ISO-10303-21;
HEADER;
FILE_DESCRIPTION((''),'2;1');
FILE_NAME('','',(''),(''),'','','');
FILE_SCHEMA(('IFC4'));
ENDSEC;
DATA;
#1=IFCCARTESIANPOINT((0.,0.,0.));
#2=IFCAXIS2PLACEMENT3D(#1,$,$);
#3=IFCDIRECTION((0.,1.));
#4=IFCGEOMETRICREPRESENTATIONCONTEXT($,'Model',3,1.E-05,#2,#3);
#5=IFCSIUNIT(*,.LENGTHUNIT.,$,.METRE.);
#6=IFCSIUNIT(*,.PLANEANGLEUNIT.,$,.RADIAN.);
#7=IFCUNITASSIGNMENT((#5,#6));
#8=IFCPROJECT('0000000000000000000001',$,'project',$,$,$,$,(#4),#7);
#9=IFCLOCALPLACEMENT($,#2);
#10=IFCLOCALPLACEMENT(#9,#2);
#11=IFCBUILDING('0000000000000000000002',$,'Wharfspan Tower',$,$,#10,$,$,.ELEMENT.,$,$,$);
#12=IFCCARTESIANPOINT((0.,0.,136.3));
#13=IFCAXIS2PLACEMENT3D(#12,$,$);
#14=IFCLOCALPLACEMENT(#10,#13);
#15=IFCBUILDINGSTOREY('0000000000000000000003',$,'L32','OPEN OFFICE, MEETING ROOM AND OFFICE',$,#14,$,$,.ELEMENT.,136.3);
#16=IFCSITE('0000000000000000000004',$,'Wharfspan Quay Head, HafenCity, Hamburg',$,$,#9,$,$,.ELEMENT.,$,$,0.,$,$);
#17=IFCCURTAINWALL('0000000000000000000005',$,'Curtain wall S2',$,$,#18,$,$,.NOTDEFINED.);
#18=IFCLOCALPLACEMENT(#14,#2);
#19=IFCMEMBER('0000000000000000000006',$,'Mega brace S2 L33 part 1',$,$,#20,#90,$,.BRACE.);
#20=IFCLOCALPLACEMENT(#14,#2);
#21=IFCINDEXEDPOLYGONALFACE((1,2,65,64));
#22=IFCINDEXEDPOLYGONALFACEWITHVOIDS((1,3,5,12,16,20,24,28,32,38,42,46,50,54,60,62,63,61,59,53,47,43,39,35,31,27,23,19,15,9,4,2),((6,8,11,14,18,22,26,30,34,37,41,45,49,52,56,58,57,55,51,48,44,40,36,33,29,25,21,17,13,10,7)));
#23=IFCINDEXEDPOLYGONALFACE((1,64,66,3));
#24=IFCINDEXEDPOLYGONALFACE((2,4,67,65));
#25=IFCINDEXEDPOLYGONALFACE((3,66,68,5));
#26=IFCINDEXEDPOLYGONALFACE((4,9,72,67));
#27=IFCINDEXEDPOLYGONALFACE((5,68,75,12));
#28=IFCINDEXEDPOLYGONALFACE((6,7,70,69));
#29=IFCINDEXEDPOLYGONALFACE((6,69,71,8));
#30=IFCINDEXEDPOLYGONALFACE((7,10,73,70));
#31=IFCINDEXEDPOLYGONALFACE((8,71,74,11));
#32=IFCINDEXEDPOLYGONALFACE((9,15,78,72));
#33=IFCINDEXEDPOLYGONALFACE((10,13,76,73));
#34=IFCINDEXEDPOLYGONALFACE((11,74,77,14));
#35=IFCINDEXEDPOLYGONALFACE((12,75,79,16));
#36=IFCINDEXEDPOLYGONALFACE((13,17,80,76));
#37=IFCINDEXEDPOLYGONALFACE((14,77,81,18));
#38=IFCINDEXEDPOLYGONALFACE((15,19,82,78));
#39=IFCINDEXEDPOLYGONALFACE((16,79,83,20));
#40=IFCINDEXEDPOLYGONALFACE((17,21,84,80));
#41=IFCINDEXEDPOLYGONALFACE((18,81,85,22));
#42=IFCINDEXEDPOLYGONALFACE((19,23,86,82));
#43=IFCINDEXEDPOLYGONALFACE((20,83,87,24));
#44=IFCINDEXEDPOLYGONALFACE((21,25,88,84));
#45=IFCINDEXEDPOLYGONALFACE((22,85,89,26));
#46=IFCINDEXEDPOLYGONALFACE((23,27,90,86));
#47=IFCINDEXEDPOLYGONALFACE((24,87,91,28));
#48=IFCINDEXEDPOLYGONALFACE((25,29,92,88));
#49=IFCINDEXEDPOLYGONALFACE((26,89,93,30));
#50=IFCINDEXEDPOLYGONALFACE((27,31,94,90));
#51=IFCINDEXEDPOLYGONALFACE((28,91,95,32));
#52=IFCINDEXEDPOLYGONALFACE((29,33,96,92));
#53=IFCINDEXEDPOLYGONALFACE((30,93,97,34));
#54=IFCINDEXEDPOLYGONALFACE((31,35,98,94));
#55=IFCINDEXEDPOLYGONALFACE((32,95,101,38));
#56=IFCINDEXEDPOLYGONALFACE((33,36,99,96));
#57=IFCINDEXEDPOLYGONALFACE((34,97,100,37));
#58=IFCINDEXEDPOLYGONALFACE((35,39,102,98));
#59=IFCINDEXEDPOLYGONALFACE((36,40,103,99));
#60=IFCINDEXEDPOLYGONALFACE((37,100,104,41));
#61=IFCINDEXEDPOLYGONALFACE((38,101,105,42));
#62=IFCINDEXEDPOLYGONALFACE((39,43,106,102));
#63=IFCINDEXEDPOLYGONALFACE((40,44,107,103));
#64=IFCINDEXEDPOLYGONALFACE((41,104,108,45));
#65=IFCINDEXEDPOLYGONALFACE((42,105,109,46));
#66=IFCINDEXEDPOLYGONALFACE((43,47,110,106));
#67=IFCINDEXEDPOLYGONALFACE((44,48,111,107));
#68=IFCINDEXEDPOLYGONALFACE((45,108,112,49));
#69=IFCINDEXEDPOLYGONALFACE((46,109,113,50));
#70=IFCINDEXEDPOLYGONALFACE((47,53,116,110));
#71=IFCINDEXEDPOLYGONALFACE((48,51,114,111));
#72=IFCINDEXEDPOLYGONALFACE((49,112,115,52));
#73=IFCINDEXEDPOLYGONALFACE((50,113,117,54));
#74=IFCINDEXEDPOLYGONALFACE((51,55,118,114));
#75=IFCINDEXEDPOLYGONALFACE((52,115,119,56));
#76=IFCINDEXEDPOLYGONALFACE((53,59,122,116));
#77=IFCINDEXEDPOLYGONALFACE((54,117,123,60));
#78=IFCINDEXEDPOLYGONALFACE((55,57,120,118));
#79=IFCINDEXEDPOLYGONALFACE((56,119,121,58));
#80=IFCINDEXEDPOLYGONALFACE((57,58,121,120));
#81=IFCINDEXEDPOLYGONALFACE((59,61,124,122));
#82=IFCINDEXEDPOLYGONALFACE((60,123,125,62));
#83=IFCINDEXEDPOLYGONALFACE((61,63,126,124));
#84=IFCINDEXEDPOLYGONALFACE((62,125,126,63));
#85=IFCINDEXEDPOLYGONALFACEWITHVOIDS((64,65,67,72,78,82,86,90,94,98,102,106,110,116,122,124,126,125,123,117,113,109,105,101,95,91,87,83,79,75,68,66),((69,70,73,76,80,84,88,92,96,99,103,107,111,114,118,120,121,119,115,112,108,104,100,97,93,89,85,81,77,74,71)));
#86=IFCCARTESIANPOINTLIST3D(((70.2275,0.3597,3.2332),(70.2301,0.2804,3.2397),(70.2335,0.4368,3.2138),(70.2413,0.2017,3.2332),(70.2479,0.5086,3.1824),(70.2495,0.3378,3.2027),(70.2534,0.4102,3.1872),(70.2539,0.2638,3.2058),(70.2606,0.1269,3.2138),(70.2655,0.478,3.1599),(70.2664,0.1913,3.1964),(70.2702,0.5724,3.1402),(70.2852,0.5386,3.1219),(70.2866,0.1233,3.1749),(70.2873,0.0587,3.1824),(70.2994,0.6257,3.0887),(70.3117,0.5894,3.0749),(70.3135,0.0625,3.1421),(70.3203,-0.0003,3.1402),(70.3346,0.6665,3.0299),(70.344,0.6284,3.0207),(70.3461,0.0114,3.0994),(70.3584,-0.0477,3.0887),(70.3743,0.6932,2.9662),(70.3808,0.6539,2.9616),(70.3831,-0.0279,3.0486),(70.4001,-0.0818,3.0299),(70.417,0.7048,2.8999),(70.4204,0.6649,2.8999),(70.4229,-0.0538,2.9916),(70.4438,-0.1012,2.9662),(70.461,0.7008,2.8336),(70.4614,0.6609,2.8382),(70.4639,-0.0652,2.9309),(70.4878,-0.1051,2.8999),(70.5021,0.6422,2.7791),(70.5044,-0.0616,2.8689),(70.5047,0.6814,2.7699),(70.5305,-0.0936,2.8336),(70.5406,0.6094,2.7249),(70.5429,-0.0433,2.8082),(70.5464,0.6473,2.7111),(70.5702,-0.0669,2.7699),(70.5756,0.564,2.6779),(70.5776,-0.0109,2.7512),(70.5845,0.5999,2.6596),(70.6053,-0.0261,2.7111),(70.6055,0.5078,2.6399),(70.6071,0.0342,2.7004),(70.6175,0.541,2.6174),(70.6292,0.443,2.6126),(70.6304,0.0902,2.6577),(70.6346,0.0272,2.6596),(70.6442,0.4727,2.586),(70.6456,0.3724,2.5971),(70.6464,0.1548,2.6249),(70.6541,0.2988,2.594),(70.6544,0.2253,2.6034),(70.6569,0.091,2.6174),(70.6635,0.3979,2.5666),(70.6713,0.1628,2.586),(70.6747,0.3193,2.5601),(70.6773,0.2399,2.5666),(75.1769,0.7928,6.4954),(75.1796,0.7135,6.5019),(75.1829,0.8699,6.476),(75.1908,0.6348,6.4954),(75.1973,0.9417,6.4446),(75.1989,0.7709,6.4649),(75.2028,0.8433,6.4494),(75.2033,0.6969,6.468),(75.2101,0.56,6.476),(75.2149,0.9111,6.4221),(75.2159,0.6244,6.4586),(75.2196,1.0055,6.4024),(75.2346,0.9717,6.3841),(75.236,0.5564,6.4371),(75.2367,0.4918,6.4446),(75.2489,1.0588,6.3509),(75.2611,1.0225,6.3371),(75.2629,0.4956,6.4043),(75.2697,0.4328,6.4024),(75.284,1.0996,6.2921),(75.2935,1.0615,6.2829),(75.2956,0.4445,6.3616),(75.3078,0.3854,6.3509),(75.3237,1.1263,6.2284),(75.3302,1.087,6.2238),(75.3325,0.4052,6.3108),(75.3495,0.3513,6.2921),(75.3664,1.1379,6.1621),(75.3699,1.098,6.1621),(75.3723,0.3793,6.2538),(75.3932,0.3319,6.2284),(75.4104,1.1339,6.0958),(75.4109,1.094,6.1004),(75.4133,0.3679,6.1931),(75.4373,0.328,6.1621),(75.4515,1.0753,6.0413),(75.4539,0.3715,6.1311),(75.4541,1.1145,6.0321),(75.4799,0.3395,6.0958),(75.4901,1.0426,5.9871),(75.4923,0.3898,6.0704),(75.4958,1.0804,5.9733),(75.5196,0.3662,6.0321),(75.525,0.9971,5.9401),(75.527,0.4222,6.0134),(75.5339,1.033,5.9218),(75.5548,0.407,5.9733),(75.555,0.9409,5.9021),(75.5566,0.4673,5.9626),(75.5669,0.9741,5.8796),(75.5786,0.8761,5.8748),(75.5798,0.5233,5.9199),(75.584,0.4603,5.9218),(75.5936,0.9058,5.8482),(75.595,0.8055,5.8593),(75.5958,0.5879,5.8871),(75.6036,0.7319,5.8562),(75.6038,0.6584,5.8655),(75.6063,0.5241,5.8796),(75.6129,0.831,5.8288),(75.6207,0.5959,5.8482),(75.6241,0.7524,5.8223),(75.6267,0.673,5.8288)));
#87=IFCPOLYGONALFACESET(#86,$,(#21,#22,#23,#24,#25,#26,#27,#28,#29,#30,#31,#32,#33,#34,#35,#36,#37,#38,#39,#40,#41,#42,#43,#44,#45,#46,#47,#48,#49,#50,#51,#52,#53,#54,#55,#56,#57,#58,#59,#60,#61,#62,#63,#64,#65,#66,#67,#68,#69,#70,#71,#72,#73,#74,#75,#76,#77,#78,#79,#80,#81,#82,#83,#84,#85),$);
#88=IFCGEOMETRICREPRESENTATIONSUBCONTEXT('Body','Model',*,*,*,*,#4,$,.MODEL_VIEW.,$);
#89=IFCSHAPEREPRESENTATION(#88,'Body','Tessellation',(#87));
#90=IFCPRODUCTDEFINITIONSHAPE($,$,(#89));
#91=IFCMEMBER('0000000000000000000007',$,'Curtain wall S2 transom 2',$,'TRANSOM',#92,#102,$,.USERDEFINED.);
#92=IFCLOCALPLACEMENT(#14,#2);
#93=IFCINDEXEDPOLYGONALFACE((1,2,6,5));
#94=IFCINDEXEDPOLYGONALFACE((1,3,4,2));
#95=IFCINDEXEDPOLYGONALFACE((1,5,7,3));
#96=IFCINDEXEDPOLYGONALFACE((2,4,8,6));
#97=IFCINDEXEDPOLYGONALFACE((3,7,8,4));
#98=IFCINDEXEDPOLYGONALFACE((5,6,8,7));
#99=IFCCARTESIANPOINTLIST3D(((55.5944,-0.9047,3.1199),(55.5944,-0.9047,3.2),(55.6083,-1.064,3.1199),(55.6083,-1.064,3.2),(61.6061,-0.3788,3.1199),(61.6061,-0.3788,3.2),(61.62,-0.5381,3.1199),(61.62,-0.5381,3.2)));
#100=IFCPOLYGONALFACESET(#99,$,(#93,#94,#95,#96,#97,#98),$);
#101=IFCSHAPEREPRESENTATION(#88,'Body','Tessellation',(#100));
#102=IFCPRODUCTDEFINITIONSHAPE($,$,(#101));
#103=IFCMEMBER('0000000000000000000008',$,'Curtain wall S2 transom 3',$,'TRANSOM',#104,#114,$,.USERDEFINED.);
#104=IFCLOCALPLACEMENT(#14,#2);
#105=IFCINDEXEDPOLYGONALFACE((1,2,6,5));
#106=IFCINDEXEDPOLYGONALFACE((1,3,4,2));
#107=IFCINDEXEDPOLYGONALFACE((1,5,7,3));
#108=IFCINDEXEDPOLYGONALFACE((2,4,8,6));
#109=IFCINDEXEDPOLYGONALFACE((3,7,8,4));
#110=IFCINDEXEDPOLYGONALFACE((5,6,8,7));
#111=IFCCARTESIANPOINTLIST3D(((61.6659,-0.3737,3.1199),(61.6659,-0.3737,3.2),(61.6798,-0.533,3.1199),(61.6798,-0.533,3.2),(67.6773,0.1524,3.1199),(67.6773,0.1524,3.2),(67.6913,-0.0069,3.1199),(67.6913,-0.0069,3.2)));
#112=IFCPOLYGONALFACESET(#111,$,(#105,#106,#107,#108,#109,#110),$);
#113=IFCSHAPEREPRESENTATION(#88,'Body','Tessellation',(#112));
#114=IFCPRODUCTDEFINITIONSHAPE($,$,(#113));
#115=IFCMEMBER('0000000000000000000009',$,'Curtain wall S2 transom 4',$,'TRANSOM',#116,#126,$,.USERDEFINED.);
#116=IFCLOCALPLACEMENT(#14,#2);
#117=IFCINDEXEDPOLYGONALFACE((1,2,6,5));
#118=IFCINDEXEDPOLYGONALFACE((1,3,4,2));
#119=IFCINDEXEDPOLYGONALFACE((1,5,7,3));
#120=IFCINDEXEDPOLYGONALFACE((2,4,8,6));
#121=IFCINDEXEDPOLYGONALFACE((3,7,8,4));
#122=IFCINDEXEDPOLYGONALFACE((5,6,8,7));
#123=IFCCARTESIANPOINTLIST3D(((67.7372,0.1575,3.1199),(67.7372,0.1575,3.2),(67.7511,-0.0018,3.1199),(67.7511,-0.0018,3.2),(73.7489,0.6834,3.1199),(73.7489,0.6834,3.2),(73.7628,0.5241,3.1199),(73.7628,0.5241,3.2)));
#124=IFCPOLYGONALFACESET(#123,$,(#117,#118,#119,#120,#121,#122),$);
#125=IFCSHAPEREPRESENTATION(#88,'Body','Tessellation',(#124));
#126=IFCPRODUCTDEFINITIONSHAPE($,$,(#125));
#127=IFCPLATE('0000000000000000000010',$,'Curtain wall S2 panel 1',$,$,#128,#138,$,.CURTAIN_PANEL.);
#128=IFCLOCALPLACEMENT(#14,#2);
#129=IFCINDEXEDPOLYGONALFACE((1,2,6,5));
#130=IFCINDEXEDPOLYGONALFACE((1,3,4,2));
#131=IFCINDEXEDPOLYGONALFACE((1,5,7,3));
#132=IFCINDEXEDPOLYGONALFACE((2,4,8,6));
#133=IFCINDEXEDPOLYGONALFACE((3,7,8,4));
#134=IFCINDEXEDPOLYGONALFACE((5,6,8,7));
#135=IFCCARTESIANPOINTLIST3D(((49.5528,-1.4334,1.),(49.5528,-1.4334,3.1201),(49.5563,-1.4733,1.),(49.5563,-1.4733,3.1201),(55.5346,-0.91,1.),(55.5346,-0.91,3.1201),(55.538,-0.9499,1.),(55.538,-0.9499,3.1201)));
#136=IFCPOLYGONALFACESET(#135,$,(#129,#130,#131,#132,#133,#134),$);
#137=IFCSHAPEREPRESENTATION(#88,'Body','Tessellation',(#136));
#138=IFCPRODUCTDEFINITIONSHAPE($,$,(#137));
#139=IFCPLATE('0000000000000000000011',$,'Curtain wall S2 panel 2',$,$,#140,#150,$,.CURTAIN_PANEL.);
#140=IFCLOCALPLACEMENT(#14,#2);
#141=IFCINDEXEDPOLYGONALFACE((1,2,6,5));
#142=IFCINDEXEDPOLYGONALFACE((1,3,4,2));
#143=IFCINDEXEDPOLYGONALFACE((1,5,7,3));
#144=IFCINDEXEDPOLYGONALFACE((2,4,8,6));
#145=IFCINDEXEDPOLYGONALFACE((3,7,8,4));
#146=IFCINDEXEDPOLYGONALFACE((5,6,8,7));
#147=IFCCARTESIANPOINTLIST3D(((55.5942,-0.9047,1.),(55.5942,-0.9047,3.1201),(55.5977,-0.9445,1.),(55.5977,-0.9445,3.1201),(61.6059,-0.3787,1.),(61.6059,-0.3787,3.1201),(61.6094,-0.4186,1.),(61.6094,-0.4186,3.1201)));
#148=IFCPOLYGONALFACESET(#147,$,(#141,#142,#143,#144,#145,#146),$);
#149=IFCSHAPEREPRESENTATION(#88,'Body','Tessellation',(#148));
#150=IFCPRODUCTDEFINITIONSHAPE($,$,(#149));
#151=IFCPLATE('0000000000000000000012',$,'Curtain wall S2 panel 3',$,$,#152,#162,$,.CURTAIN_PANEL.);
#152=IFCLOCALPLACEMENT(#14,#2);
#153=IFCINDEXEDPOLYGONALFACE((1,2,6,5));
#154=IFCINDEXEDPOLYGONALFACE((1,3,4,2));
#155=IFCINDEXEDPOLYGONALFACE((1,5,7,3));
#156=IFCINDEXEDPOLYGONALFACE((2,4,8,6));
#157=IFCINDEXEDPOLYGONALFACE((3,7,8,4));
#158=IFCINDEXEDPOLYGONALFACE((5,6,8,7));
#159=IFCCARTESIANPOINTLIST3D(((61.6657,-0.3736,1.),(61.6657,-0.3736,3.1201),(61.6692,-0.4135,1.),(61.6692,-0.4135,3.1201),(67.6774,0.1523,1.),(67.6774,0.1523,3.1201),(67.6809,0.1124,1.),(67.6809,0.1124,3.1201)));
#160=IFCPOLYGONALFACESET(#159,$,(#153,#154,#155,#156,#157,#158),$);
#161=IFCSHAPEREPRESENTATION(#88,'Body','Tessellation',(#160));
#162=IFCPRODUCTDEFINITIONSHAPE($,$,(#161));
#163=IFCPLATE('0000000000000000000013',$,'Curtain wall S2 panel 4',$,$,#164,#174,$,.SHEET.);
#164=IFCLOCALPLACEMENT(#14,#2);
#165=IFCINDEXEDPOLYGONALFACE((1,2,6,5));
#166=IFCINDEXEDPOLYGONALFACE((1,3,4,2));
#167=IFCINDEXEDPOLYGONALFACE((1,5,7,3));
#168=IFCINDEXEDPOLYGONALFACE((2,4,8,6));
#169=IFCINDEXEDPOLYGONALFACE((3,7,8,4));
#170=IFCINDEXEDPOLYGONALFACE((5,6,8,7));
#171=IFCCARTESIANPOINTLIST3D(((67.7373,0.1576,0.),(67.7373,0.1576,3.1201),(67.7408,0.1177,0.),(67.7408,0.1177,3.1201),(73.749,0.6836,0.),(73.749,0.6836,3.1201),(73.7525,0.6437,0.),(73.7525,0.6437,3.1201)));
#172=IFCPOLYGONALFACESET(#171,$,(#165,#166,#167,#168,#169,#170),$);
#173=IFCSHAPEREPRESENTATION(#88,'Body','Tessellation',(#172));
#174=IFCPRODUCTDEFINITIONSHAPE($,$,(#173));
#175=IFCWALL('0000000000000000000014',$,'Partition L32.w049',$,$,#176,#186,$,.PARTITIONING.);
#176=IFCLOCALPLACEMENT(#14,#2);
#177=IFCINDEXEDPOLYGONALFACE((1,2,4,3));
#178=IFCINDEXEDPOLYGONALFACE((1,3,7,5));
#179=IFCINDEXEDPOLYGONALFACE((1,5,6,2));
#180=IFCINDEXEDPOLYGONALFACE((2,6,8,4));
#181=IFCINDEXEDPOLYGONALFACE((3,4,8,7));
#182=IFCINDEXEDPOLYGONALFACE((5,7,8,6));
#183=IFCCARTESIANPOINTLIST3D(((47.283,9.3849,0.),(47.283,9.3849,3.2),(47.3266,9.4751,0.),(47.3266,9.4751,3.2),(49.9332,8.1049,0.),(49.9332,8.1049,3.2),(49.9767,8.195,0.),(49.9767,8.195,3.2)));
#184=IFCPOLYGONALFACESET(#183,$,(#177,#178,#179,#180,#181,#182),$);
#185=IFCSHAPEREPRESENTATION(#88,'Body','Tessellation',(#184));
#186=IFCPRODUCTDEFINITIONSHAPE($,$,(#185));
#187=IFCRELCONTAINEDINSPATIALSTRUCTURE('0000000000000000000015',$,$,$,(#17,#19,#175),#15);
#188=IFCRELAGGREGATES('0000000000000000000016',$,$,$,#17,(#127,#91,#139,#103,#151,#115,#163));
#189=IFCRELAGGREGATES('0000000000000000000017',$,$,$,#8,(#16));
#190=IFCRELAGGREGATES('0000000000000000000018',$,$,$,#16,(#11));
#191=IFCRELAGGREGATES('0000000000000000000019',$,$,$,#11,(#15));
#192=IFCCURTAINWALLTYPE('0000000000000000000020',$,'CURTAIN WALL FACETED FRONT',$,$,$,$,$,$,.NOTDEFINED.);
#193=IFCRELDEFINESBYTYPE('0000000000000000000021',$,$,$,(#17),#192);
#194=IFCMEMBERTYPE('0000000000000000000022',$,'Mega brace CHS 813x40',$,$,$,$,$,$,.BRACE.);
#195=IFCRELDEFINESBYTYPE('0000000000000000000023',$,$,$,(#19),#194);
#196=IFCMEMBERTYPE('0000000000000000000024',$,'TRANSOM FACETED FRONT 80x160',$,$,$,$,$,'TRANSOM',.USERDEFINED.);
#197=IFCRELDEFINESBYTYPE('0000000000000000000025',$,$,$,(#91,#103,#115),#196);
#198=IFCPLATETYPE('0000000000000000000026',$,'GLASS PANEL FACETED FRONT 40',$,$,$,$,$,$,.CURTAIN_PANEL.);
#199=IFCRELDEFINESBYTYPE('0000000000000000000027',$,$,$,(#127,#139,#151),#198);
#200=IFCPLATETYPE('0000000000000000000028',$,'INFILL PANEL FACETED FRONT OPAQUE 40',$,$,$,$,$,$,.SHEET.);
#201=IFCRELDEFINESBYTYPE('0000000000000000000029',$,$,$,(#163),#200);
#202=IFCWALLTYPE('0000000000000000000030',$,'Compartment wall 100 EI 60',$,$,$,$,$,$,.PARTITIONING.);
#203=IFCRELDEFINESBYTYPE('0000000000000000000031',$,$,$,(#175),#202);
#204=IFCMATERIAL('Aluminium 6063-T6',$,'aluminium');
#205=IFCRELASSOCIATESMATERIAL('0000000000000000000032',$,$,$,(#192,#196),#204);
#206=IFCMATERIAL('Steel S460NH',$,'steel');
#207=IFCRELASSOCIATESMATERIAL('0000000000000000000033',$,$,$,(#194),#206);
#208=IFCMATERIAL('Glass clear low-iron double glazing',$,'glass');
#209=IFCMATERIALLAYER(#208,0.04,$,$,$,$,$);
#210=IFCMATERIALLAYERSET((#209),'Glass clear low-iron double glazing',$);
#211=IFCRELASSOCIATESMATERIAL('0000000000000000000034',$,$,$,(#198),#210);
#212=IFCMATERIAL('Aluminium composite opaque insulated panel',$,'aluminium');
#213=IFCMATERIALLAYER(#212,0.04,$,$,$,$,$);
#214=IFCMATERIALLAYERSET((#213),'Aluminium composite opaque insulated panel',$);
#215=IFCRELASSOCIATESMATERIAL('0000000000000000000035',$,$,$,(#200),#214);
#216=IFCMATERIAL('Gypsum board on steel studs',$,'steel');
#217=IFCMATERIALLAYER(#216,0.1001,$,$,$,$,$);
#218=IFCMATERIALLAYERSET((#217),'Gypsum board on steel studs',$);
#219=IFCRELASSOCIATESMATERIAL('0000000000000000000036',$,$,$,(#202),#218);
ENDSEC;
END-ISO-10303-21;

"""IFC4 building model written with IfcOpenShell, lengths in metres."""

from ifc_helpers import new_model, si_unit, direction, frame, frame_2d, origin, origin_2d, place, context, subcontext, project, spatial, rectangle, hollow_circle, extrude, material, layer, layer_set, material_profile, profile_set, type_object, element, aggregate, save


model = new_model("IFC4")

# Units and contexts
model_context = context("Model", 3, precision=1e-05, world=origin(), true_north=direction((0.0, 1.0)))
body_context = subcontext(model_context, "Body", "Model", "MODEL_VIEW")
ifc_project = project(units=[si_unit("LENGTHUNIT", "METRE"), si_unit("PLANEANGLEUNIT", "RADIAN")], contexts=[model_context])

# Site, building, storey
site_placement = place(None, origin())
site = spatial("IfcSite", under=ifc_project, at=site_placement, Name="Wharfspan Quay Head, HafenCity, Hamburg", CompositionType="ELEMENT", RefElevation=0.0)
building_placement = place(site_placement, origin())
building = spatial("IfcBuilding", under=site, at=building_placement, Name="Wharfspan Tower", CompositionType="ELEMENT")
storey_placement = place(building_placement, frame((0.0, 0.0, 136.3)))
storey = spatial("IfcBuildingStorey", under=building, at=storey_placement, Name="L32", Description="OPEN OFFICE, MEETING ROOM AND OFFICE", CompositionType="ELEMENT", Elevation=136.3)

# Curtain wall
ifc_material_1 = material(Name="Aluminium 6063-T6", Category="aluminium")
curtain_wall_type = type_object("IfcCurtainWallType", Name="CURTAIN WALL FACETED FRONT", PredefinedType="NOTDEFINED", material=ifc_material_1)
curtain_wall_placement = place(storey_placement, origin())
curtain_wall = element("IfcCurtainWall", 1, at=curtain_wall_placement, inside=storey, type_object=curtain_wall_type, Name="Curtain wall S2", PredefinedType="NOTDEFINED")

# Members
ifc_material_2 = material(Name="Steel S460NH", Category="steel")
ifc_material_profile_1 = material_profile(ifc_material_2, hollow_circle(Radius=0.4065, WallThickness=0.04, at=origin_2d()))
ifc_profile_set_1 = profile_set([ifc_material_profile_1], Name="Steel S460NH")
member_type_1 = type_object("IfcMemberType", Name="Mega brace CHS 813x40", PredefinedType="BRACE", material=ifc_profile_set_1)
member_1_placement = place(storey_placement, frame((70.4524, 0.2998, 2.8999), z_axis=(0.832734, 0.072869, 0.548858), x_axis=(-0.087173, 0.99619, 0.000001)))
element("IfcMember", 2, at=member_1_placement, inside=storey, type_object=member_type_1, Name="Mega brace S2 L33 part 1", PredefinedType="BRACE", context=body_context, shape_type="SweptSolid", body=[
    extrude(hollow_circle(Radius=0.4065, WallThickness=0.04, at=origin_2d()), origin(), (0.0, 0.0, 1.0), 5.9436),
])
ifc_material_profile_2 = material_profile(ifc_material_1, rectangle(XDim=0.1599, YDim=0.0801, at=origin_2d()))
ifc_profile_set_2 = profile_set([ifc_material_profile_2], Name="Aluminium 6063-T6")
member_type_2 = type_object("IfcMemberType", Name="TRANSOM FACETED FRONT 80x160", ElementType="TRANSOM", PredefinedType="USERDEFINED", material=ifc_profile_set_2)
member_2_placement = place(storey_placement, frame((55.6013, -0.9844, 3.1599), z_axis=(0.996196, 0.087143, 0.0), x_axis=(-0.087143, 0.996196, 0.0)))
member_2 = element("IfcMember", 3, at=member_2_placement, type_object=member_type_2, Name="Curtain wall S2 transom 2", ObjectType="TRANSOM", PredefinedType="USERDEFINED", context=body_context, shape_type="SweptSolid", body=[
    extrude(rectangle(XDim=0.1599, YDim=0.0801, at=origin_2d()), origin(), (0.0, 0.0, 1.0), 6.0347),
])
member_3_placement = place(storey_placement, frame((61.6729, -0.4534, 3.1599), z_axis=(0.996192, 0.087187, 0.0), x_axis=(-0.087187, 0.996192, 0.0)))
member_3 = element("IfcMember", 4, at=member_3_placement, type_object=member_type_2, Name="Curtain wall S2 transom 3", ObjectType="TRANSOM", PredefinedType="USERDEFINED", context=body_context, shape_type="SweptSolid", body=[
    extrude(rectangle(XDim=0.1599, YDim=0.0801, at=origin_2d()), origin(), (0.0, 0.0, 1.0), 6.0344),
])
member_4_placement = place(storey_placement, frame((67.7441, 0.0779, 3.1599), z_axis=(0.996196, 0.087143, 0.0), x_axis=(-0.087143, 0.996196, 0.0)))
member_4 = element("IfcMember", 5, at=member_4_placement, type_object=member_type_2, Name="Curtain wall S2 transom 4", ObjectType="TRANSOM", PredefinedType="USERDEFINED", context=body_context, shape_type="SweptSolid", body=[
    extrude(rectangle(XDim=0.1599, YDim=0.0801, at=origin_2d()), origin(), (0.0, 0.0, 1.0), 6.0347),
])

# Plates
ifc_material_3 = material(Name="Glass clear low-iron double glazing", Category="glass")
ifc_layer_1 = layer(ifc_material_3, 0.04)
ifc_layer_set_1 = layer_set([ifc_layer_1], Name="Glass clear low-iron double glazing")
plate_type_1 = type_object("IfcPlateType", Name="GLASS PANEL FACETED FRONT 40", PredefinedType="CURTAIN_PANEL", material=ifc_layer_set_1)
plate_1_placement = place(storey_placement, frame((52.5454, -1.1917, 1.0), z_axis=(0.0, 0.0, 1.0), x_axis=(0.996198, 0.087156, 0.0)))
plate_1 = element("IfcPlate", 6, at=plate_1_placement, type_object=plate_type_1, Name="Curtain wall S2 panel 1", PredefinedType="CURTAIN_PANEL", context=body_context, shape_type="SweptSolid", body=[
    extrude(rectangle(XDim=6.0046, YDim=0.04, at=origin_2d()), origin(), (0.0, 0.0, 1.0), 2.1201),
])
plate_2_placement = place(storey_placement, frame((58.6018, -0.6616, 1.0), z_axis=(0.0, 0.0, 1.0), x_axis=(0.996198, 0.087156, 0.0)))
plate_2 = element("IfcPlate", 7, at=plate_2_placement, type_object=plate_type_1, Name="Curtain wall S2 panel 2", PredefinedType="CURTAIN_PANEL", context=body_context, shape_type="SweptSolid", body=[
    extrude(rectangle(XDim=6.0347, YDim=0.04, at=origin_2d()), origin(), (0.0, 0.0, 1.0), 2.1201),
])
plate_3_placement = place(storey_placement, frame((64.6733, -0.1306, 1.0), z_axis=(0.0, 0.0, 1.0), x_axis=(0.996198, 0.087156, 0.0)))
plate_3 = element("IfcPlate", 8, at=plate_3_placement, type_object=plate_type_1, Name="Curtain wall S2 panel 3", PredefinedType="CURTAIN_PANEL", context=body_context, shape_type="SweptSolid", body=[
    extrude(rectangle(XDim=6.0347, YDim=0.04, at=origin_2d()), origin(), (0.0, 0.0, 1.0), 2.1201),
])
ifc_material_4 = material(Name="Aluminium composite opaque insulated panel", Category="aluminium")
ifc_layer_2 = layer(ifc_material_4, 0.04)
ifc_layer_set_2 = layer_set([ifc_layer_2], Name="Aluminium composite opaque insulated panel")
plate_type_2 = type_object("IfcPlateType", Name="INFILL PANEL FACETED FRONT OPAQUE 40", PredefinedType="SHEET", material=ifc_layer_set_2)
plate_4_placement = place(storey_placement, frame((70.7449, 0.4006, 0.0), z_axis=(0.0, 0.0, 1.0), x_axis=(0.996198, 0.087156, 0.0)))
plate_4 = element("IfcPlate", 9, at=plate_4_placement, type_object=plate_type_2, Name="Curtain wall S2 panel 4", PredefinedType="SHEET", context=body_context, shape_type="SweptSolid", body=[
    extrude(rectangle(XDim=6.0347, YDim=0.04, at=origin_2d()), origin(), (0.0, 0.0, 1.0), 3.1201),
])
aggregate(curtain_wall, [plate_1, member_2, plate_2, member_3, plate_3, member_4, plate_4])

# Wall
ifc_material_5 = material(Name="Gypsum board on steel studs", Category="steel")
ifc_layer_3 = layer(ifc_material_5, 0.1001)
ifc_layer_set_3 = layer_set([ifc_layer_3], Name="Gypsum board on steel studs")
wall_type_1 = type_object("IfcWallType", Name="Compartment wall 100 EI 60", PredefinedType="PARTITIONING", material=ifc_layer_set_3)
wall_1_placement = place(storey_placement, frame((49.9551, 8.1499, 0.0), z_axis=(0.0, 0.0, 1.0), x_axis=(-0.900464, 0.434927, 0.0)))
element("IfcWall", 10, at=wall_1_placement, inside=storey, type_object=wall_type_1, Name="Partition L32.w049", PredefinedType="PARTITIONING", context=body_context, shape_type="SweptSolid", body=[
    extrude(rectangle(XDim=2.9431, YDim=0.1001, at=frame_2d((1.4717, 0.0))), origin(), (0.0, 0.0, 1.0), 3.2),
])

save(model, "model.ifc")
